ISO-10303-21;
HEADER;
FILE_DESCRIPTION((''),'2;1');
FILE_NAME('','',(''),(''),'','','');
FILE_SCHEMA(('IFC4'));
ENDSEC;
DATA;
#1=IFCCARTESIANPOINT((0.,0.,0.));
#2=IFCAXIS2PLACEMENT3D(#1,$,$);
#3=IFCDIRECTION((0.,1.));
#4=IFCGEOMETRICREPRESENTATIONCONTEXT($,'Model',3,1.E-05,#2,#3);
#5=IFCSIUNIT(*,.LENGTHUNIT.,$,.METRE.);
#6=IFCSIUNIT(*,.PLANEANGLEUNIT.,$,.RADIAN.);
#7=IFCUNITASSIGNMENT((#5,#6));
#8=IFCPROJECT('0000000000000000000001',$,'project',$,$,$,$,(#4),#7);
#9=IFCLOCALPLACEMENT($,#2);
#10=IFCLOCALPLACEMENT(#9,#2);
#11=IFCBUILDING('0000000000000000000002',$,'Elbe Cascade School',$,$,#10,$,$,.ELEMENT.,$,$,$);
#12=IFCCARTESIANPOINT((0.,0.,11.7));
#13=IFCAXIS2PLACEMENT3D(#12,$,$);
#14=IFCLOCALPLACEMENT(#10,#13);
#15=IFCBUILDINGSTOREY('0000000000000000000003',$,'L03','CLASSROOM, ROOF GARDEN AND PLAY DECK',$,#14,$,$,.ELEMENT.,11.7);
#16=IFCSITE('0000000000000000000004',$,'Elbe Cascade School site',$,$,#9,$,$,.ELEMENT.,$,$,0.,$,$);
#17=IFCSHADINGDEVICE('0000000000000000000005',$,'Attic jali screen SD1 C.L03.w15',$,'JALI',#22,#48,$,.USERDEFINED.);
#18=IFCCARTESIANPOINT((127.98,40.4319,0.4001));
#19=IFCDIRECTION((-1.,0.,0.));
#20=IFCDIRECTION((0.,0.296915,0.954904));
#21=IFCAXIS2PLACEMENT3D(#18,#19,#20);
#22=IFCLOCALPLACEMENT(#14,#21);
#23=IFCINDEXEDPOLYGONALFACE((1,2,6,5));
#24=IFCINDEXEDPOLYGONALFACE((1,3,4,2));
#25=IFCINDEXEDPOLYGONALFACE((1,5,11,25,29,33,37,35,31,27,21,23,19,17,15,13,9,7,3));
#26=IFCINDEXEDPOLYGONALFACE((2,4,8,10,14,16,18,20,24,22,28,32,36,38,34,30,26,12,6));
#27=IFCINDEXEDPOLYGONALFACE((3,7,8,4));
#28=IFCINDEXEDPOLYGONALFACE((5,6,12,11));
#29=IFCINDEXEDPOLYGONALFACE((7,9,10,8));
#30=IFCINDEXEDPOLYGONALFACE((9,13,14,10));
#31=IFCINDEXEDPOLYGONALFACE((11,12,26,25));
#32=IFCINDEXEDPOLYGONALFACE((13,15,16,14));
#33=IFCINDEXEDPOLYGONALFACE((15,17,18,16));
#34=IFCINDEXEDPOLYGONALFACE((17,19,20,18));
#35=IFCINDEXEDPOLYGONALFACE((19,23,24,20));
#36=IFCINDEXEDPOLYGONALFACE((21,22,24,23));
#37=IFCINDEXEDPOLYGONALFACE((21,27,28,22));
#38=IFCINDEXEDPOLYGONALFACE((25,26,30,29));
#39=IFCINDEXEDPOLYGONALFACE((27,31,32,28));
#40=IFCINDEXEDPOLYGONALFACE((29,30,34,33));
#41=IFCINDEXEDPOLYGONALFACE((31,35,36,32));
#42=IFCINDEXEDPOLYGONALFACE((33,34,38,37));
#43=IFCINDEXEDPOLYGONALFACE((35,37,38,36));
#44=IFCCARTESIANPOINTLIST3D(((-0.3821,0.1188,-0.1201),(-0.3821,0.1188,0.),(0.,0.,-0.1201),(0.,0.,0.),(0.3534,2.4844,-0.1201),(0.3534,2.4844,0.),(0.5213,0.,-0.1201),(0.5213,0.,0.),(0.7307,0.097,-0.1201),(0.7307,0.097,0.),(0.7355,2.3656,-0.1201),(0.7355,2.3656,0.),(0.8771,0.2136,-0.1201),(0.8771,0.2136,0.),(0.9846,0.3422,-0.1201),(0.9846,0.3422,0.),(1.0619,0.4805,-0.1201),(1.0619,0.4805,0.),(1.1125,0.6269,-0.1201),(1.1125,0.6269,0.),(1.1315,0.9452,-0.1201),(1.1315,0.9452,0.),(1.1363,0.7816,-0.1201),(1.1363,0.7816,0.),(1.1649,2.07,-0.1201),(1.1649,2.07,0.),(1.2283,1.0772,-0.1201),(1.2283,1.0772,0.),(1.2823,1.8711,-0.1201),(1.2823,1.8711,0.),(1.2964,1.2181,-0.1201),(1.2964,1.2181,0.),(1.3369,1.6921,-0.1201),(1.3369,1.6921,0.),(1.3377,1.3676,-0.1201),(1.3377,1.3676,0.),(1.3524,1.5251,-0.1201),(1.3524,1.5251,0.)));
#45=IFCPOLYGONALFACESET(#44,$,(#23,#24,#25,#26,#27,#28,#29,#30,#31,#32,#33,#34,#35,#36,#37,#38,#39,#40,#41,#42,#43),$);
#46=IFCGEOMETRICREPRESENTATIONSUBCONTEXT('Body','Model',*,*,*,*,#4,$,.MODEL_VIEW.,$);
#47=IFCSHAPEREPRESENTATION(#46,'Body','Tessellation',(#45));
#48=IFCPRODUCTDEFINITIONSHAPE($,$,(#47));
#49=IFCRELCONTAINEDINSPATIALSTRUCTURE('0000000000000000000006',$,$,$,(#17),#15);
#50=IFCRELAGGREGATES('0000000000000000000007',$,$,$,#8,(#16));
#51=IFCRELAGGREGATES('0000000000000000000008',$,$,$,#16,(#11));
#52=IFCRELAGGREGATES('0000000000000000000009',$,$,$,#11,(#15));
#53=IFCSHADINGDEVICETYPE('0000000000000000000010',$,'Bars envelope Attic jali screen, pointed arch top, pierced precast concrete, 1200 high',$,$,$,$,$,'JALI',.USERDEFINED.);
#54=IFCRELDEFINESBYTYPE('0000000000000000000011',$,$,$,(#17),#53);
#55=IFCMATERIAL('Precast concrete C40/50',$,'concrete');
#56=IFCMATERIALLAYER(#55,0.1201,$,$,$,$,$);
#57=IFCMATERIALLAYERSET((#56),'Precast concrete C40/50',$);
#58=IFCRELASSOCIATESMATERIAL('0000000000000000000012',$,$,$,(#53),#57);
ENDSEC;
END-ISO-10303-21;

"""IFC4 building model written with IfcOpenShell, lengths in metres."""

from ifc_helpers import new_model, si_unit, direction, frame, origin, place, context, subcontext, project, spatial, polyline, outline, extrude, material, layer, layer_set, type_object, element, save


model = new_model("IFC4")

# Units and contexts
model_context = context("Model", 3, precision=1e-05, world=origin(), true_north=direction((0.0, 1.0)))
body_context = subcontext(model_context, "Body", "Model", "MODEL_VIEW")
ifc_project = project(units=[si_unit("LENGTHUNIT", "METRE"), si_unit("PLANEANGLEUNIT", "RADIAN")], contexts=[model_context])

# Site, building, storey
site_placement = place(None, origin())
site = spatial("IfcSite", under=ifc_project, at=site_placement, Name="Elbe Cascade School site", CompositionType="ELEMENT", RefElevation=0.0)
building_placement = place(site_placement, origin())
building = spatial("IfcBuilding", under=site, at=building_placement, Name="Elbe Cascade School", CompositionType="ELEMENT")
storey_placement = place(building_placement, frame((0.0, 0.0, 11.7)))
storey = spatial("IfcBuildingStorey", under=building, at=storey_placement, Name="L03", Description="CLASSROOM, ROOF GARDEN AND PLAY DECK", CompositionType="ELEMENT", Elevation=11.7)

# Shading device
ifc_material_1 = material(Name="Precast concrete C40/50", Category="concrete")
ifc_layer_1 = layer(ifc_material_1, 0.1201)
ifc_layer_set_1 = layer_set([ifc_layer_1], Name="Precast concrete C40/50")
shading_device_type = type_object("IfcShadingDeviceType", Name="Bars envelope Attic jali screen, pointed arch top, pierced precast concrete, 1200 high", ElementType="JALI", PredefinedType="USERDEFINED", material=ifc_layer_set_1)
shading_device_1_placement = place(storey_placement, frame((127.98, 40.4319, 0.4001), z_axis=(-1.0, 0.0, 0.0), x_axis=(0.0, 0.296915, 0.954904)))
element("IfcShadingDevice", 1, at=shading_device_1_placement, inside=storey, type_object=shading_device_type, Name="Attic jali screen SD1 C.L03.w15", ObjectType="JALI", PredefinedType="USERDEFINED", context=body_context, shape_type="SweptSolid", body=[
    extrude(outline(polyline([(0.0, 0.0), (0.5213, 0.0), (0.7307, 0.097), (0.8771, 0.2136), (0.9846, 0.3422), (1.0619, 0.4805), (1.1125, 0.6269), (1.1363, 0.7816), (1.1315, 0.9452), (1.2283, 1.0772), (1.2964, 1.2181), (1.3377, 1.3676), (1.3524, 1.5251), (1.3369, 1.6921), (1.2823, 1.8711), (1.1649, 2.07), (0.7355, 2.3656), (0.3534, 2.4844), (-0.3821, 0.1188), (0.0, 0.0)])), origin(), (0.0, 0.0, -1.0), 0.1201),
])

save(model, "model.ifc")
